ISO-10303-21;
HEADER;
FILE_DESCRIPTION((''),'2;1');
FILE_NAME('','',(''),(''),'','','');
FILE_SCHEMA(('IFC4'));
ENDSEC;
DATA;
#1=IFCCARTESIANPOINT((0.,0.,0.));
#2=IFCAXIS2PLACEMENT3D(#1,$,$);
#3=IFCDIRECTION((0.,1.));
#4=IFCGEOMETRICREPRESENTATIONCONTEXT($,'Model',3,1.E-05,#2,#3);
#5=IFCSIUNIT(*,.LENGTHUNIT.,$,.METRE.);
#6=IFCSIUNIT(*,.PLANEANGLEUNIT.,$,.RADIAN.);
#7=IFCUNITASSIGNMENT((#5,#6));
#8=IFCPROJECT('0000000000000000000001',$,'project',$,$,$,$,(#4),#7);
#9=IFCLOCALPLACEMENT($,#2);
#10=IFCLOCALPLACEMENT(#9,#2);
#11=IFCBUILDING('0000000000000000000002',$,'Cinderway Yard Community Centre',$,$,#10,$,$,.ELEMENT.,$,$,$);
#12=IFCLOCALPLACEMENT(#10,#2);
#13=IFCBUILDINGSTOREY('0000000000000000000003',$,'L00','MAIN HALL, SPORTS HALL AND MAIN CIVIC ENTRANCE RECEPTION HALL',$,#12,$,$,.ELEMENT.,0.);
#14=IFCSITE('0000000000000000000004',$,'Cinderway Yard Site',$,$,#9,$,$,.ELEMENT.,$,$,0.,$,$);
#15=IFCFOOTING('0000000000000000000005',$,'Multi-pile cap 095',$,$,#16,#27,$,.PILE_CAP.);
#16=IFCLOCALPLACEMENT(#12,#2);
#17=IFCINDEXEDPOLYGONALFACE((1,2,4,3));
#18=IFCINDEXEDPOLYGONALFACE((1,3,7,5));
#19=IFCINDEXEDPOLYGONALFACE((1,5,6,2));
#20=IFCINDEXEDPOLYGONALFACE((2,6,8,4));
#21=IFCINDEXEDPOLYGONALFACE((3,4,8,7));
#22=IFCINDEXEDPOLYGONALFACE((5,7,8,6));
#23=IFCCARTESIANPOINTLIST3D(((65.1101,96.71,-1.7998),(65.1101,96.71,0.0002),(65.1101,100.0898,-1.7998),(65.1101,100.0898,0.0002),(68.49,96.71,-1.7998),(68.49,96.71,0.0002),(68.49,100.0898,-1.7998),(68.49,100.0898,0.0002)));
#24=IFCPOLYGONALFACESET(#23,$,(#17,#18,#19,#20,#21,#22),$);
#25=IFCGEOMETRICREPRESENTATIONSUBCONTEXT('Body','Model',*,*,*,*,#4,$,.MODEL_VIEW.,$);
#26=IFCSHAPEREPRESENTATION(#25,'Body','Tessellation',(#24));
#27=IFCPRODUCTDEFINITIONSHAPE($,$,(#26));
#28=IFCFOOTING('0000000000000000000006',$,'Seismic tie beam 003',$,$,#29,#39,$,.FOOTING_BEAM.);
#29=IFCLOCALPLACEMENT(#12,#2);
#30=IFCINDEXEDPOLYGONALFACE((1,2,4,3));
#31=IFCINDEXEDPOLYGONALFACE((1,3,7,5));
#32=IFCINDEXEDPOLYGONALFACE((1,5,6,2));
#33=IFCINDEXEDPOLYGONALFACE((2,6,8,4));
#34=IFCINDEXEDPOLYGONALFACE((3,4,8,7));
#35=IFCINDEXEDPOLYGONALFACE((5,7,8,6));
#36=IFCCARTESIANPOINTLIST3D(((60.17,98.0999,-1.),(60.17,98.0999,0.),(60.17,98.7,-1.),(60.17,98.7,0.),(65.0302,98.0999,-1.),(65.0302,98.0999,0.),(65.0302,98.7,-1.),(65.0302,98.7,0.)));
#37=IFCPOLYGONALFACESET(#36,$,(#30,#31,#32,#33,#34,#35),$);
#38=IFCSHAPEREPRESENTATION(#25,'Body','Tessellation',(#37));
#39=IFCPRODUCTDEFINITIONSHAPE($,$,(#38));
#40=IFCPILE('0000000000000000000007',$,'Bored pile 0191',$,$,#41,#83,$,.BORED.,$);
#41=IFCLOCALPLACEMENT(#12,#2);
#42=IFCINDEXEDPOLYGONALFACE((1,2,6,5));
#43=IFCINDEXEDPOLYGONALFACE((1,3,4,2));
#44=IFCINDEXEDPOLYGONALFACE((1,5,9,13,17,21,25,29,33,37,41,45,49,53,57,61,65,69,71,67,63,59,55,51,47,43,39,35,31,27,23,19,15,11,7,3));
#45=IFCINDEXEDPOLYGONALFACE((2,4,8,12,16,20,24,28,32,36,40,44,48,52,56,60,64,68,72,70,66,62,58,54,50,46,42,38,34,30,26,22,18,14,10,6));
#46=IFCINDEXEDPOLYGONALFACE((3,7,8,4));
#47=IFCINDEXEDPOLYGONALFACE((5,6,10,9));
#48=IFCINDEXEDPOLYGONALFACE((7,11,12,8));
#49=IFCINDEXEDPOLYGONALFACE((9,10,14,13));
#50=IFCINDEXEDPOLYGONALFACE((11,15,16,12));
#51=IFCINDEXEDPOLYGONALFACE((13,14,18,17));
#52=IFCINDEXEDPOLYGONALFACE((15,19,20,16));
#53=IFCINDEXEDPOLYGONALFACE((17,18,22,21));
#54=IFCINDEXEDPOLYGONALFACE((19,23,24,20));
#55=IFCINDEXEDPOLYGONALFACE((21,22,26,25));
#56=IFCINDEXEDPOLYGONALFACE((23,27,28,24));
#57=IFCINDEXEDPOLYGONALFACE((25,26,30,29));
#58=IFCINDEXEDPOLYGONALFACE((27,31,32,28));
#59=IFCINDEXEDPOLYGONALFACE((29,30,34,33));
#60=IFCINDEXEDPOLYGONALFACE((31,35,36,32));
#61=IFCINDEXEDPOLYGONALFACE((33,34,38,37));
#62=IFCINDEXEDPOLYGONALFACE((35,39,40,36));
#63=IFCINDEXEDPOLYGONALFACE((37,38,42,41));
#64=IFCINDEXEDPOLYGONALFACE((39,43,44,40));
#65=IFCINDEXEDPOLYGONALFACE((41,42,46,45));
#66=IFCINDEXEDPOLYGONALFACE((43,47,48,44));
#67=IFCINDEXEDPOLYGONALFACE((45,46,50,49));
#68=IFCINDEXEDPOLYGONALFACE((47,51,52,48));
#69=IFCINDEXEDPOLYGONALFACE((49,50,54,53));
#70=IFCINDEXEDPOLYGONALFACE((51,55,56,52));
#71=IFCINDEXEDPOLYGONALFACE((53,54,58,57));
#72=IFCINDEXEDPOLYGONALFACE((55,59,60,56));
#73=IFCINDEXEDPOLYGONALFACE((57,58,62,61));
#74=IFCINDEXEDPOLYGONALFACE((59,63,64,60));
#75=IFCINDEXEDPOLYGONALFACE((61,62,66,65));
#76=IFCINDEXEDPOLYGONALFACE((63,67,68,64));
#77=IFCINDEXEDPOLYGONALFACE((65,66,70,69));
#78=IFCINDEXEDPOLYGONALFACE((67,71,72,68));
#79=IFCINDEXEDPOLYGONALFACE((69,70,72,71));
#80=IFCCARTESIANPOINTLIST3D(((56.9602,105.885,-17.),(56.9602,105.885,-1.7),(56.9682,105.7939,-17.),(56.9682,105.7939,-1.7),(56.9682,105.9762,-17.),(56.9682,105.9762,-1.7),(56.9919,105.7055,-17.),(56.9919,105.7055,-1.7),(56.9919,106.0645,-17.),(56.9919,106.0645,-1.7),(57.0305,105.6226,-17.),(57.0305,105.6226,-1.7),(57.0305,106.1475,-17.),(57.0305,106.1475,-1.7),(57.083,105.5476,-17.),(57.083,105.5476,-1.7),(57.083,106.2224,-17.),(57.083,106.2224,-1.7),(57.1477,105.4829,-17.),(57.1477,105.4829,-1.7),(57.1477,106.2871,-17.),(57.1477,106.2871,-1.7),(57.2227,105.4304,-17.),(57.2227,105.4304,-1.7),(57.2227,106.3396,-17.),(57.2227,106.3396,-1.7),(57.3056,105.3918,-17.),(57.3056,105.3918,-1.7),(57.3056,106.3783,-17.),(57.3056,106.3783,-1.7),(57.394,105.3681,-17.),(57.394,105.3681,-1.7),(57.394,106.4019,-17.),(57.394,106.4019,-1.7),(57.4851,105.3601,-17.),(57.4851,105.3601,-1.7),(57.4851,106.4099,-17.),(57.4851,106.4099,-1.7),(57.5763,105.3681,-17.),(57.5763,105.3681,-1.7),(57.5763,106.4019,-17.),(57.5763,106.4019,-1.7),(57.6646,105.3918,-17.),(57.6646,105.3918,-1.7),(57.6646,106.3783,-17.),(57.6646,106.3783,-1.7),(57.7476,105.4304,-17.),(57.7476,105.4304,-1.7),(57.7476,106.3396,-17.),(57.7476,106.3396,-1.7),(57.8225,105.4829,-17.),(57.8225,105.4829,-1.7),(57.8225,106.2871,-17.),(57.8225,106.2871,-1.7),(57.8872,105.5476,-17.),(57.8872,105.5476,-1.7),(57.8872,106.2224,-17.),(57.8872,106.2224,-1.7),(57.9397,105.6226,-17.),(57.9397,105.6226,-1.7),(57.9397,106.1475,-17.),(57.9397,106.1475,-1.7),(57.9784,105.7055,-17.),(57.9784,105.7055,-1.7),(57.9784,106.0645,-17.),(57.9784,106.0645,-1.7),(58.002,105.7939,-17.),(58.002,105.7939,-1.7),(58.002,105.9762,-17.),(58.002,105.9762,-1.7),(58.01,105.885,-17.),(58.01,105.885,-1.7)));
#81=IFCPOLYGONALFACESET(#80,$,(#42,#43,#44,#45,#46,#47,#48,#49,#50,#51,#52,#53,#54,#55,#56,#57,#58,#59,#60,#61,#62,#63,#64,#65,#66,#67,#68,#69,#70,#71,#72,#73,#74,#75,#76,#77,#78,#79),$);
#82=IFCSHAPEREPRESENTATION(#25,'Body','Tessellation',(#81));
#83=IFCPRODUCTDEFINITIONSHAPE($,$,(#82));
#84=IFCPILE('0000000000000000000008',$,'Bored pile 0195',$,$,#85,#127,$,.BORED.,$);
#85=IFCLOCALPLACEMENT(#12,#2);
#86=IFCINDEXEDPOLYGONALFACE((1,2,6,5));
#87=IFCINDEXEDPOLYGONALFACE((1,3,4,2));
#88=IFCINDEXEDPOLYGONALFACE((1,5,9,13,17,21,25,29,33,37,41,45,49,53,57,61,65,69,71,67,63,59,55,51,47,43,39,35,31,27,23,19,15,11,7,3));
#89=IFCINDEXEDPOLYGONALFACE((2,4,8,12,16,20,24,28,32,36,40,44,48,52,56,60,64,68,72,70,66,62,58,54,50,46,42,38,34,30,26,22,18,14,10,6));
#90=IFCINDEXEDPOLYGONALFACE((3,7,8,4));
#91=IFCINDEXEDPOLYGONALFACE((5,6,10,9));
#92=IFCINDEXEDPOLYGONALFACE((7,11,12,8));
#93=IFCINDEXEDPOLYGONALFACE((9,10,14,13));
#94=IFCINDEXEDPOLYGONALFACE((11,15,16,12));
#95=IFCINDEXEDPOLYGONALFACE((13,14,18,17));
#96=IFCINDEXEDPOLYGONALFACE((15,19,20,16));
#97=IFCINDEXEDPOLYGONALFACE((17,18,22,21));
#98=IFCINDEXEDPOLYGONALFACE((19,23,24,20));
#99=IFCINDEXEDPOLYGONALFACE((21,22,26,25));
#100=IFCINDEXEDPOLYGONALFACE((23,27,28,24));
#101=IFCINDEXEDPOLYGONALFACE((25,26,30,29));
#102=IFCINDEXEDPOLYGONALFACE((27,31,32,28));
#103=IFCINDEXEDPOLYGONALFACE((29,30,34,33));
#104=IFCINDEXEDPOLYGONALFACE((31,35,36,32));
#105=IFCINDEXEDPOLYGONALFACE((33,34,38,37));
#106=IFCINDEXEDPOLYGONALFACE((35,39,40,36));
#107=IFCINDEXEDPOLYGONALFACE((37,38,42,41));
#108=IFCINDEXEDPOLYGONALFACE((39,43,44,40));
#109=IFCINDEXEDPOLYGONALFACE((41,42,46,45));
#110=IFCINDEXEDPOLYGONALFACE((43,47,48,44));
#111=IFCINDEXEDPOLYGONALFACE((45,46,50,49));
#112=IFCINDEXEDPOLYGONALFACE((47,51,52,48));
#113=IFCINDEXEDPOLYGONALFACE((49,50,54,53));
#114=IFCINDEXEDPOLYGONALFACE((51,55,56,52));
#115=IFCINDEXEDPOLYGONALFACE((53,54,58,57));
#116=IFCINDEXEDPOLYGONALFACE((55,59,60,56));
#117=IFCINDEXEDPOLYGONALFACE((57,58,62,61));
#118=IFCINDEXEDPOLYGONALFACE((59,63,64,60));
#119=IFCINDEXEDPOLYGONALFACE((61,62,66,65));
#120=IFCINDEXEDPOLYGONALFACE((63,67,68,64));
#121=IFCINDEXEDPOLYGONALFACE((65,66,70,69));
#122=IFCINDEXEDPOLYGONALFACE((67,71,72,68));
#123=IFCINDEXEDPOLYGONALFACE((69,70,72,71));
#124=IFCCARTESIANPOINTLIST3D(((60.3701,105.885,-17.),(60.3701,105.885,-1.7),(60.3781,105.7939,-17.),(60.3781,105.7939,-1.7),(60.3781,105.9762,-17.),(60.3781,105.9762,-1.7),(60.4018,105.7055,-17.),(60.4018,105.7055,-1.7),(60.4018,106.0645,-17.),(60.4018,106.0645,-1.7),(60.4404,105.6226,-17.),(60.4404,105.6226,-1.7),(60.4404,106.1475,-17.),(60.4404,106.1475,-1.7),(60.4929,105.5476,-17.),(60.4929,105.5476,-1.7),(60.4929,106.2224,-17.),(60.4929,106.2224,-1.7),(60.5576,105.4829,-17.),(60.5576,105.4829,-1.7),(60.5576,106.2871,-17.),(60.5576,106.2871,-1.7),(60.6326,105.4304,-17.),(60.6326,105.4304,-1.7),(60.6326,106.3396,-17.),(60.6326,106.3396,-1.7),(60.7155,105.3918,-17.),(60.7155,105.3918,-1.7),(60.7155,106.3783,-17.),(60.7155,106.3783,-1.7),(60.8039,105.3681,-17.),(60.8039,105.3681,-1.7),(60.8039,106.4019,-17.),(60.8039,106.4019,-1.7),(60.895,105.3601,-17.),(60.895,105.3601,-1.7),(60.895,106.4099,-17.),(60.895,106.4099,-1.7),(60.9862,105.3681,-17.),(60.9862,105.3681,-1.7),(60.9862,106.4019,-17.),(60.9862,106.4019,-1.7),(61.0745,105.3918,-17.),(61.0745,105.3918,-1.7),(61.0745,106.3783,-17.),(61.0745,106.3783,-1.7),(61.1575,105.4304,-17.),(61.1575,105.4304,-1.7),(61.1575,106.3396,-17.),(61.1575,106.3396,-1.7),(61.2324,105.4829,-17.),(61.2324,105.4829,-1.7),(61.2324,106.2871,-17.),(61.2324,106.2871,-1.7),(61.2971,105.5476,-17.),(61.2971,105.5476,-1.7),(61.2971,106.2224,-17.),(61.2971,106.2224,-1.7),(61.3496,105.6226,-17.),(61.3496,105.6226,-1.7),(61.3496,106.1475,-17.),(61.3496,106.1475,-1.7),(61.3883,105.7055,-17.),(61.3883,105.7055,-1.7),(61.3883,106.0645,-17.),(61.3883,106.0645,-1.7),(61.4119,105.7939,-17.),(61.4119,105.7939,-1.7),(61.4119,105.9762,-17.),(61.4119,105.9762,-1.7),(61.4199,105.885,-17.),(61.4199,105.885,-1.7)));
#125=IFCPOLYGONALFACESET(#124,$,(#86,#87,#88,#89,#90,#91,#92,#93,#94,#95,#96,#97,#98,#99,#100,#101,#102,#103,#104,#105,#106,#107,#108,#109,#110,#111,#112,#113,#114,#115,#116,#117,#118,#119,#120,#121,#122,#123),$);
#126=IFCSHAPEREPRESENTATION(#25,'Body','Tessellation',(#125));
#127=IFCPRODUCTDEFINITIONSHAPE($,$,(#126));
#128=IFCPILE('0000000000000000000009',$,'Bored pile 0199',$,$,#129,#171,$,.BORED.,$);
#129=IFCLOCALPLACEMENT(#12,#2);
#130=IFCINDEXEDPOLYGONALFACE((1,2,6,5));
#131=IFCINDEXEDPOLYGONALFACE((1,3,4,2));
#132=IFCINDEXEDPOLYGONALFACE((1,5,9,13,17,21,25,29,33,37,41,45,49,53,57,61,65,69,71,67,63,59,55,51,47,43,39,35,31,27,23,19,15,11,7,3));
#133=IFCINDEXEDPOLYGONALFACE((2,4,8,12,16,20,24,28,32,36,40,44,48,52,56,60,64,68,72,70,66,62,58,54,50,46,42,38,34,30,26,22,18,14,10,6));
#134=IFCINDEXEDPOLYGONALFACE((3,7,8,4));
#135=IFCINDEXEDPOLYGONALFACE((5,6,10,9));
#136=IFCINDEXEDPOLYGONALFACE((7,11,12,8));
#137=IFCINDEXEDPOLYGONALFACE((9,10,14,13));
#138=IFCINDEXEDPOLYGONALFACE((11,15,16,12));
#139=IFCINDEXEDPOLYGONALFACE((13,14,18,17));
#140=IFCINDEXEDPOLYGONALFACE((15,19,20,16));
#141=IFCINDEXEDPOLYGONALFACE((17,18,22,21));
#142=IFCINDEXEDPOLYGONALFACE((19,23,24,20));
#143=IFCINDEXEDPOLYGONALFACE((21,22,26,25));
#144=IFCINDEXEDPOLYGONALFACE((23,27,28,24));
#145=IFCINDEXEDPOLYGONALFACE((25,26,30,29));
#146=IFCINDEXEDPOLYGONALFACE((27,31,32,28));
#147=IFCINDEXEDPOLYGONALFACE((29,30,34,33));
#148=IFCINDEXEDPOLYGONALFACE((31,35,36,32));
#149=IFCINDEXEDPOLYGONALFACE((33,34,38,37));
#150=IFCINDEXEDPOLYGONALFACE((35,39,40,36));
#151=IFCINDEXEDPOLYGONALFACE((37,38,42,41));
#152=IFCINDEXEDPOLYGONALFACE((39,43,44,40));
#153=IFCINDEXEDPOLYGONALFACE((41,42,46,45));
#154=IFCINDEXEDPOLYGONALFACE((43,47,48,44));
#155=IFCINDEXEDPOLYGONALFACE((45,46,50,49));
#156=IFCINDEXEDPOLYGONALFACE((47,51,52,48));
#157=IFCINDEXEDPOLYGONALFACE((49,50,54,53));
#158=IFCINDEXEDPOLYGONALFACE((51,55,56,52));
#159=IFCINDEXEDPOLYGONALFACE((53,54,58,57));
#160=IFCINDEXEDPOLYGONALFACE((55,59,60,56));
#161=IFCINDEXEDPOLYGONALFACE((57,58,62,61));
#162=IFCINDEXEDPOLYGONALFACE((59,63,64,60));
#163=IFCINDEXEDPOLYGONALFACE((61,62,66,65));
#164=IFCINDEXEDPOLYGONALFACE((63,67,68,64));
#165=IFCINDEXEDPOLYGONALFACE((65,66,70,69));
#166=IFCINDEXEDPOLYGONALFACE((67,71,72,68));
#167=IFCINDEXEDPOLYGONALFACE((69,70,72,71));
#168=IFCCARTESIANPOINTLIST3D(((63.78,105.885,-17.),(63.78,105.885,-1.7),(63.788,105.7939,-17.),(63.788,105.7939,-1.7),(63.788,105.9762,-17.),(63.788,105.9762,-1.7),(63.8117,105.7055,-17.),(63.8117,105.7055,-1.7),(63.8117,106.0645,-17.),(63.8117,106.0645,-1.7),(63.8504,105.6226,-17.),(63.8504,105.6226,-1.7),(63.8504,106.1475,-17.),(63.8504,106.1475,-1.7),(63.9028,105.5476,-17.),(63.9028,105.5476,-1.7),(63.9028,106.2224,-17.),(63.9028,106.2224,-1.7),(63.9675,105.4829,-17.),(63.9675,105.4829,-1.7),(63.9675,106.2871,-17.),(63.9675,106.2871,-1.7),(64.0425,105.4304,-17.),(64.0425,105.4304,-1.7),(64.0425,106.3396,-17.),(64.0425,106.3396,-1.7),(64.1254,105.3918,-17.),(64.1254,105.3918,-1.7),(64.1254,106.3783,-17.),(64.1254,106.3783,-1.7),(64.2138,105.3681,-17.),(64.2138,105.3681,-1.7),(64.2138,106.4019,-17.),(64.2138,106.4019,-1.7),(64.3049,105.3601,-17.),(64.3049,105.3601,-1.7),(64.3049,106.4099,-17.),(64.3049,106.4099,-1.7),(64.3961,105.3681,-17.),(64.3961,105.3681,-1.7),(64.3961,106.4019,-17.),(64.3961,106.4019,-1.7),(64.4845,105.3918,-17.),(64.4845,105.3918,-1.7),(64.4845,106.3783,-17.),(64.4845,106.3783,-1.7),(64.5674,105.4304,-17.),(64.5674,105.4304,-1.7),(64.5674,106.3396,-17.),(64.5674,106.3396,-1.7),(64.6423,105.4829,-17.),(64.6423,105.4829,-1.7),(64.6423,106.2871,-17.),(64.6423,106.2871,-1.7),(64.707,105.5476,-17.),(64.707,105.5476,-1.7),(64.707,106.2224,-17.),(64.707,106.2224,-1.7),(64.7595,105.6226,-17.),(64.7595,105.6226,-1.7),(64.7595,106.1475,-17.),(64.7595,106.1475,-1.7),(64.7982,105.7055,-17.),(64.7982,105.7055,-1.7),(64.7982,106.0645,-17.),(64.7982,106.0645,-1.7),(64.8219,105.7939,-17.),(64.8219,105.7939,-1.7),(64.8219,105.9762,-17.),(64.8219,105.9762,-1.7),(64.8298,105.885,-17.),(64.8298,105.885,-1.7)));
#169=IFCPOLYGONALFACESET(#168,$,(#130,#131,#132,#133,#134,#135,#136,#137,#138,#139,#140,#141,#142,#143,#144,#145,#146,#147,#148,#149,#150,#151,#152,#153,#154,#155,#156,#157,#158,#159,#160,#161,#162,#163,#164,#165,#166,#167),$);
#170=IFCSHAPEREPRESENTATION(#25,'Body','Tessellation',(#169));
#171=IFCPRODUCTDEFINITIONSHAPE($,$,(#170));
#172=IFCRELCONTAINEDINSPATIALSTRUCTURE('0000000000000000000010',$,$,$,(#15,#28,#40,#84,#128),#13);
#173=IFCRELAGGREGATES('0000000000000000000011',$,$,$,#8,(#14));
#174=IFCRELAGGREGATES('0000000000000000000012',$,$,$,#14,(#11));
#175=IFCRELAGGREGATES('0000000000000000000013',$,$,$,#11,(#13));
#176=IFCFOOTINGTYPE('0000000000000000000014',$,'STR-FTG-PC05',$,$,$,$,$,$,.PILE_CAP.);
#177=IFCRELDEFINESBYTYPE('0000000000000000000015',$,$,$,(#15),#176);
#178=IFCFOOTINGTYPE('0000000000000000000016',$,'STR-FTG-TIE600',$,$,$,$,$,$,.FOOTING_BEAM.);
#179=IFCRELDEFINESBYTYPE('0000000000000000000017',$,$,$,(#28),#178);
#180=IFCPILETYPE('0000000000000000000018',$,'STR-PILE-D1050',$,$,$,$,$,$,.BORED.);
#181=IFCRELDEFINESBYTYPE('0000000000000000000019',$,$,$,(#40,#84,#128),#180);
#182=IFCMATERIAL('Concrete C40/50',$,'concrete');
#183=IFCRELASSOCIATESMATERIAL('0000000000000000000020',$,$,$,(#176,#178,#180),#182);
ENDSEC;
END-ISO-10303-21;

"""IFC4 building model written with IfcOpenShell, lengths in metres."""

from ifc_helpers import new_model, si_unit, direction, frame, origin, origin_2d, place, context, subcontext, project, spatial, rectangle, circle, extrude, material, material_profile, profile_set, type_object, element, save


model = new_model("IFC4")

# Units and contexts
model_context = context("Model", 3, precision=1e-05, world=origin(), true_north=direction((0.0, 1.0)))
body_context = subcontext(model_context, "Body", "Model", "MODEL_VIEW")
ifc_project = project(units=[si_unit("LENGTHUNIT", "METRE"), si_unit("PLANEANGLEUNIT", "RADIAN")], contexts=[model_context])

# Site, building, storey
site_placement = place(None, origin())
site = spatial("IfcSite", under=ifc_project, at=site_placement, Name="Cinderway Yard Site", CompositionType="ELEMENT", RefElevation=0.0)
building_placement = place(site_placement, origin())
building = spatial("IfcBuilding", under=site, at=building_placement, Name="Cinderway Yard Community Centre", CompositionType="ELEMENT")
storey_placement = place(building_placement, origin())
storey = spatial("IfcBuildingStorey", under=building, at=storey_placement, Name="L00", Description="MAIN HALL, SPORTS HALL AND MAIN CIVIC ENTRANCE RECEPTION HALL", CompositionType="ELEMENT", Elevation=0.0)

# Footings
ifc_material_1 = material(Name="Concrete C40/50", Category="concrete")
footing_type_1 = type_object("IfcFootingType", Name="STR-FTG-PC05", PredefinedType="PILE_CAP", material=ifc_material_1)
footing_1_placement = place(storey_placement, frame((66.8, 98.3999, -1.7998), z_axis=(0.0, 0.0, 1.0), x_axis=(1.0, 0.0, 0.0)))
element("IfcFooting", 1, at=footing_1_placement, inside=storey, type_object=footing_type_1, Name="Multi-pile cap 095", PredefinedType="PILE_CAP", context=body_context, shape_type="SweptSolid", body=[
    extrude(rectangle(XDim=3.3799, YDim=3.3799, at=origin_2d()), origin(), (0.0, 0.0, 1.0), 1.8),
])
footing_type_2 = type_object("IfcFootingType", Name="STR-FTG-TIE600", PredefinedType="FOOTING_BEAM", material=ifc_material_1)
footing_2_placement = place(storey_placement, frame((62.6001, 98.3999, -1.0), z_axis=(0.0, 0.0, 1.0), x_axis=(1.0, 0.0, 0.0)))
element("IfcFooting", 2, at=footing_2_placement, inside=storey, type_object=footing_type_2, Name="Seismic tie beam 003", PredefinedType="FOOTING_BEAM", context=body_context, shape_type="SweptSolid", body=[
    extrude(rectangle(XDim=4.8601, YDim=0.6001, at=origin_2d()), origin(), (0.0, 0.0, 1.0), 1.0),
])

# Piles
ifc_material_profile_1 = material_profile(ifc_material_1, circle(Radius=0.5249, at=origin_2d()), Name="Concrete C40/50")
ifc_profile_set_1 = profile_set([ifc_material_profile_1], Name="Concrete C40/50")
pile_type_1 = type_object("IfcPileType", Name="STR-PILE-D1050", PredefinedType="BORED", material=ifc_profile_set_1)
for number, where, z_axis, x_axis, name in (
    (3, (57.4851, 105.885, -1.7), (0.0, 0.0, -1.0), (1.0, 0.0, 0.0), "Bored pile 0191"),
    (4, (60.895, 105.885, -1.7), (0.0, 0.0, -1.0), (1.0, 0.0, 0.0), "Bored pile 0195"),
    (5, (64.3049, 105.885, -1.7), (0.0, 0.0, -1.0), (1.0, 0.0, 0.0), "Bored pile 0199"),
):
    element("IfcPile", number, at=place(storey_placement, frame(where, z_axis=z_axis, x_axis=x_axis)), inside=storey, type_object=pile_type_1, Name=name, PredefinedType="BORED", context=body_context, shape_type="SweptSolid", body=[
        extrude(circle(Radius=0.5249, at=origin_2d()), origin(), (0.0, 0.0, 1.0), 15.3),
    ])

save(model, "model.ifc")
